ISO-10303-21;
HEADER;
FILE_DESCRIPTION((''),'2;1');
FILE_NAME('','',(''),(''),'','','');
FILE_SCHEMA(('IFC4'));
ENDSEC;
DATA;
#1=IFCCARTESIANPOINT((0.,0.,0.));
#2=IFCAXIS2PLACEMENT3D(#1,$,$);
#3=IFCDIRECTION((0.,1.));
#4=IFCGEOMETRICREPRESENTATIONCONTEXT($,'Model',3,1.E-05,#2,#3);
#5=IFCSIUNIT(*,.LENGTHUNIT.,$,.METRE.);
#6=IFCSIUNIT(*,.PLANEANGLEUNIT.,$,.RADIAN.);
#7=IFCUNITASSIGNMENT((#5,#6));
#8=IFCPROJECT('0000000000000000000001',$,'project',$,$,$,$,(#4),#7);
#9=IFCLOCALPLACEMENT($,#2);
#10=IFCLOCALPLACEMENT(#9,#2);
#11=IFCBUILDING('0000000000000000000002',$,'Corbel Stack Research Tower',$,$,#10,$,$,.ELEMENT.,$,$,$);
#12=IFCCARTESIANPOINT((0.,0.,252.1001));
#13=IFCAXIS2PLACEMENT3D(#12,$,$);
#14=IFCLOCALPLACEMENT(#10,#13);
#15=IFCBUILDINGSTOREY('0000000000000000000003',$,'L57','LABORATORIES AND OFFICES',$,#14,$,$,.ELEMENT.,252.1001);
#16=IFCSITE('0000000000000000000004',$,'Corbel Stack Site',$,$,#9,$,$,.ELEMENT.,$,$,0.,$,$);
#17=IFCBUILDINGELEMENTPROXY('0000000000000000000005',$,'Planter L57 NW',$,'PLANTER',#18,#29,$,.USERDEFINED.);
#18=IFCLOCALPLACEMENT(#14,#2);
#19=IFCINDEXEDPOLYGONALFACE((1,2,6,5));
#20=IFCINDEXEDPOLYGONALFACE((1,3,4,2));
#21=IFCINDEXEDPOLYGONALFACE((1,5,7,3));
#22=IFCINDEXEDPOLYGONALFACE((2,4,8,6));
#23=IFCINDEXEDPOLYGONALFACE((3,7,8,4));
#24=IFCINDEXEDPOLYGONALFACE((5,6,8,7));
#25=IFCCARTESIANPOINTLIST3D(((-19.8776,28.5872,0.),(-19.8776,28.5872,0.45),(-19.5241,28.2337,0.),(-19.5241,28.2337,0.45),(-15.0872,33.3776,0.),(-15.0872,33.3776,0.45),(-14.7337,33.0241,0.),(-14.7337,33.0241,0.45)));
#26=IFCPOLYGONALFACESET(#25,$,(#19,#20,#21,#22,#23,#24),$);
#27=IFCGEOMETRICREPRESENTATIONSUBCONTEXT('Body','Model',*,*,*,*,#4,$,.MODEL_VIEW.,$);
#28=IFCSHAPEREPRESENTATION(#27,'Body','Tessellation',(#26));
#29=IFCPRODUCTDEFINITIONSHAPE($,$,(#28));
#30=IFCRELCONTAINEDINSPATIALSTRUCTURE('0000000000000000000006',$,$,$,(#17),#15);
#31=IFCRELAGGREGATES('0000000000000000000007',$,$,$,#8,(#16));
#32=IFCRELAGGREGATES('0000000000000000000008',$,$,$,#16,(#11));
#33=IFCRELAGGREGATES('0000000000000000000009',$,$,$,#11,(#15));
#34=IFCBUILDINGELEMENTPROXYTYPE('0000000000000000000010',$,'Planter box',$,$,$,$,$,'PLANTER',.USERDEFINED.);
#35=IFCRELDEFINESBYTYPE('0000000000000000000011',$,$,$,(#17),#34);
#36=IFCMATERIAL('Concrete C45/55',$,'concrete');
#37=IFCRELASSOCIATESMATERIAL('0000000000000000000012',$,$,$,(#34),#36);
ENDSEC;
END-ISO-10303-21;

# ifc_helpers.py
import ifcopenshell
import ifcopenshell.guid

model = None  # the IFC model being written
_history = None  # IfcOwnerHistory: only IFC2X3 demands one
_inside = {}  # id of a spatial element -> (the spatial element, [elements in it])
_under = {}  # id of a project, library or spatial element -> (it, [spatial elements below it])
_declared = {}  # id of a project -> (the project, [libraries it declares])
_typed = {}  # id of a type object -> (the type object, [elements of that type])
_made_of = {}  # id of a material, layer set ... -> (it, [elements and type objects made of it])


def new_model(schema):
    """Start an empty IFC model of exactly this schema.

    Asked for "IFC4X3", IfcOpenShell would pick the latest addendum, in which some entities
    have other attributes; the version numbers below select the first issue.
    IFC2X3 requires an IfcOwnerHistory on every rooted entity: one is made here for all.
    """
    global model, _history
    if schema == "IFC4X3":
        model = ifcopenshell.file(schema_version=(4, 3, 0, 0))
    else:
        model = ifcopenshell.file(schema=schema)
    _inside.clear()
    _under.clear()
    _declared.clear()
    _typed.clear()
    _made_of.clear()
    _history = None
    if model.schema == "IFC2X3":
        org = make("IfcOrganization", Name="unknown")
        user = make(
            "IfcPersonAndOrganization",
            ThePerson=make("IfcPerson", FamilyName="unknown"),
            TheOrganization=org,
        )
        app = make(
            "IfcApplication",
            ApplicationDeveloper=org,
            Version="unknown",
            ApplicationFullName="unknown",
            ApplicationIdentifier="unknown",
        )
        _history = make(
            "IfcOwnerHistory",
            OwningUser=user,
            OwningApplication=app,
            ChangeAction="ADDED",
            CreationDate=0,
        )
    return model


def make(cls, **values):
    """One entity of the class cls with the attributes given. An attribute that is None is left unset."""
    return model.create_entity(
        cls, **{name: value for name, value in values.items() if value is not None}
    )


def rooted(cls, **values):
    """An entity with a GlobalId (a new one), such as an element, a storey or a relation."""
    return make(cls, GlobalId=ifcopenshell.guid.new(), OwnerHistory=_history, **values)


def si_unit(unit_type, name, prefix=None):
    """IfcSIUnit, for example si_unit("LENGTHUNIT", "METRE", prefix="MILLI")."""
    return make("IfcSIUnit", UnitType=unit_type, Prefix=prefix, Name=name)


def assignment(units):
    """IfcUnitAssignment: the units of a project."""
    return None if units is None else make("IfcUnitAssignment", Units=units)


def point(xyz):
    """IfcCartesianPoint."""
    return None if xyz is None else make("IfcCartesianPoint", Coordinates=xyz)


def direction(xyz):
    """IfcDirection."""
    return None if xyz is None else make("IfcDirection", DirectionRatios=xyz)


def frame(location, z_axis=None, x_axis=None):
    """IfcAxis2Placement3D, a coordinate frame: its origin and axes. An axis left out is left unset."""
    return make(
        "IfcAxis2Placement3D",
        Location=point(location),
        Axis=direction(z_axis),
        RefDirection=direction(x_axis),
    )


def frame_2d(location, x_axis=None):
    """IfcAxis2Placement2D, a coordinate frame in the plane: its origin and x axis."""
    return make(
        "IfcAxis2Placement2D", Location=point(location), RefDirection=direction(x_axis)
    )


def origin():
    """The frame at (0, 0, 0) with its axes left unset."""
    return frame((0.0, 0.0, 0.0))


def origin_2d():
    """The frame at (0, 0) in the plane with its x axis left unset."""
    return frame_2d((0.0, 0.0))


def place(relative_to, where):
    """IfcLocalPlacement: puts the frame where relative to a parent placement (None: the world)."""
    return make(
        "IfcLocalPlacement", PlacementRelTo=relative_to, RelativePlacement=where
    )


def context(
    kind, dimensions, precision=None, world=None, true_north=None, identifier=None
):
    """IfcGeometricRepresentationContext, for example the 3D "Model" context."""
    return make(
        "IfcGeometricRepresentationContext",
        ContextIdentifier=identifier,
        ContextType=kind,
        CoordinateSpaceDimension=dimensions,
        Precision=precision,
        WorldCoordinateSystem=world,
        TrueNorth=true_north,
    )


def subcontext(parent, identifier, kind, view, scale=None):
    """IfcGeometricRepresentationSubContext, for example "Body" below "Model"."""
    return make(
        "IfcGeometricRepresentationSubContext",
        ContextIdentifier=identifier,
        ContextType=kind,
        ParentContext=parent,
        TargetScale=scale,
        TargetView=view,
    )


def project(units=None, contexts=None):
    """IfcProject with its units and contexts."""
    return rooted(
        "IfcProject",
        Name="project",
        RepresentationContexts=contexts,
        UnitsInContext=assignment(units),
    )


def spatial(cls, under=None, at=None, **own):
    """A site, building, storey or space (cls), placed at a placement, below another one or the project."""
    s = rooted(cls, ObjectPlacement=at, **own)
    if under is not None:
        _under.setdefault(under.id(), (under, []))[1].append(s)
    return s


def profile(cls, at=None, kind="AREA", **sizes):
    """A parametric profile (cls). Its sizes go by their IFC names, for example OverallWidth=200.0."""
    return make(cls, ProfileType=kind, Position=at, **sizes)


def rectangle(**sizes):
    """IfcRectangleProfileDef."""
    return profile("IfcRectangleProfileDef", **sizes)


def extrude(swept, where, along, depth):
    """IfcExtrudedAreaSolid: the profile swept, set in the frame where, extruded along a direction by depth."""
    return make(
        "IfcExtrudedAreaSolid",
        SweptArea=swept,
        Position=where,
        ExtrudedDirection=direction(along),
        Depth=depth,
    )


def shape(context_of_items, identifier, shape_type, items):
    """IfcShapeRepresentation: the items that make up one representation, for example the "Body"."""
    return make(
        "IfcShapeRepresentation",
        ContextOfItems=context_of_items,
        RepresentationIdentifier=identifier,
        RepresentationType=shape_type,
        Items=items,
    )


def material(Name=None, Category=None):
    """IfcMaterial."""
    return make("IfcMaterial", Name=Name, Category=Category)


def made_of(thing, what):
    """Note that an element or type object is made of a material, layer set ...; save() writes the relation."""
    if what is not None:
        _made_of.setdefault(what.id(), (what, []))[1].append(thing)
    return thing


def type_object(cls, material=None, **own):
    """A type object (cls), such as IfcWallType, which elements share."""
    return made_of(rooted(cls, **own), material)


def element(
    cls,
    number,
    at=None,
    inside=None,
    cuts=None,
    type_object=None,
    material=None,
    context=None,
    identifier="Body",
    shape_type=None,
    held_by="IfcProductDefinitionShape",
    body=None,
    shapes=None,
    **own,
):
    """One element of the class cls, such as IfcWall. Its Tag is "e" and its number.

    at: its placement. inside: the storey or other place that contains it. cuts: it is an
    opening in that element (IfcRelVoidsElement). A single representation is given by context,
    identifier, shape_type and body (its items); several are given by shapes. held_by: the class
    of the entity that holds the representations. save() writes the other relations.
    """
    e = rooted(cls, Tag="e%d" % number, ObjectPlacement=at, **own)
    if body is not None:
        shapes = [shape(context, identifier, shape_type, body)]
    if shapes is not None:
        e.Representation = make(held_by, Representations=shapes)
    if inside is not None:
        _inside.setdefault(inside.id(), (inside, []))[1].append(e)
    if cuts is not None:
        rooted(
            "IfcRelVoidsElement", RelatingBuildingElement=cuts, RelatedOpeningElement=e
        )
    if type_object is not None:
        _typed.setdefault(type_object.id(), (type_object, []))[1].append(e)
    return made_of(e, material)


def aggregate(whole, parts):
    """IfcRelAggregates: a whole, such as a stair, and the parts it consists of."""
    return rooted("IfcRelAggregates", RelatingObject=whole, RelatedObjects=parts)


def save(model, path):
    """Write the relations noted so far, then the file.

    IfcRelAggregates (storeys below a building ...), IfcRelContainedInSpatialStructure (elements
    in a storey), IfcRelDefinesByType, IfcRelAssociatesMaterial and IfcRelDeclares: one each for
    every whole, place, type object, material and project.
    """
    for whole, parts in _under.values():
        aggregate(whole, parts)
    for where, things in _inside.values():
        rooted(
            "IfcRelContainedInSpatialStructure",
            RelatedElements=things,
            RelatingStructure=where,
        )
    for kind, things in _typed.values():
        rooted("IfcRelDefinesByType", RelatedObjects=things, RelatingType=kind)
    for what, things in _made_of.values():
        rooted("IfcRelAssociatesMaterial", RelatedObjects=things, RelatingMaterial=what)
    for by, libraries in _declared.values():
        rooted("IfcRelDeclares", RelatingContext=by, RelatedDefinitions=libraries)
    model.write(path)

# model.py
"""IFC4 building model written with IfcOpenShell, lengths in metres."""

from ifc_helpers import new_model, si_unit, direction, frame, origin, origin_2d, place, context, subcontext, project, spatial, rectangle, extrude, material, type_object, element, save


model = new_model("IFC4")

# Units and contexts
model_context = context("Model", 3, precision=1e-05, world=origin(), true_north=direction((0.0, 1.0)))
body_context = subcontext(model_context, "Body", "Model", "MODEL_VIEW")
ifc_project = project(units=[si_unit("LENGTHUNIT", "METRE"), si_unit("PLANEANGLEUNIT", "RADIAN")], contexts=[model_context])

# Site, building, storey
site_placement = place(None, origin())
site = spatial("IfcSite", under=ifc_project, at=site_placement, Name="Corbel Stack Site", CompositionType="ELEMENT", RefElevation=0.0)
building_placement = place(site_placement, origin())
building = spatial("IfcBuilding", under=site, at=building_placement, Name="Corbel Stack Research Tower", CompositionType="ELEMENT")
storey_placement = place(building_placement, frame((0.0, 0.0, 252.1001)))
storey = spatial("IfcBuildingStorey", under=building, at=storey_placement, Name="L57", Description="LABORATORIES AND OFFICES", CompositionType="ELEMENT", Elevation=252.1001)

# Building element proxy
ifc_material_1 = material(Name="Concrete C45/55", Category="concrete")
building_element_proxy_type = type_object("IfcBuildingElementProxyType", Name="Planter box", ElementType="PLANTER", PredefinedType="USERDEFINED", material=ifc_material_1)
proxy_placement = place(storey_placement, frame((-17.3057, 30.8057, 0.0), z_axis=(0.0, 0.0, 1.0), x_axis=(-0.707107, -0.707107, 0.0)))
element("IfcBuildingElementProxy", 1, at=proxy_placement, inside=storey, type_object=building_element_proxy_type, Name="Planter L57 NW", ObjectType="PLANTER", PredefinedType="USERDEFINED", context=body_context, shape_type="SweptSolid", body=[
    extrude(rectangle(XDim=6.7747, YDim=0.5, at=origin_2d()), origin(), (0.0, 0.0, 1.0), 0.45),
])

save(model, "model.ifc")
